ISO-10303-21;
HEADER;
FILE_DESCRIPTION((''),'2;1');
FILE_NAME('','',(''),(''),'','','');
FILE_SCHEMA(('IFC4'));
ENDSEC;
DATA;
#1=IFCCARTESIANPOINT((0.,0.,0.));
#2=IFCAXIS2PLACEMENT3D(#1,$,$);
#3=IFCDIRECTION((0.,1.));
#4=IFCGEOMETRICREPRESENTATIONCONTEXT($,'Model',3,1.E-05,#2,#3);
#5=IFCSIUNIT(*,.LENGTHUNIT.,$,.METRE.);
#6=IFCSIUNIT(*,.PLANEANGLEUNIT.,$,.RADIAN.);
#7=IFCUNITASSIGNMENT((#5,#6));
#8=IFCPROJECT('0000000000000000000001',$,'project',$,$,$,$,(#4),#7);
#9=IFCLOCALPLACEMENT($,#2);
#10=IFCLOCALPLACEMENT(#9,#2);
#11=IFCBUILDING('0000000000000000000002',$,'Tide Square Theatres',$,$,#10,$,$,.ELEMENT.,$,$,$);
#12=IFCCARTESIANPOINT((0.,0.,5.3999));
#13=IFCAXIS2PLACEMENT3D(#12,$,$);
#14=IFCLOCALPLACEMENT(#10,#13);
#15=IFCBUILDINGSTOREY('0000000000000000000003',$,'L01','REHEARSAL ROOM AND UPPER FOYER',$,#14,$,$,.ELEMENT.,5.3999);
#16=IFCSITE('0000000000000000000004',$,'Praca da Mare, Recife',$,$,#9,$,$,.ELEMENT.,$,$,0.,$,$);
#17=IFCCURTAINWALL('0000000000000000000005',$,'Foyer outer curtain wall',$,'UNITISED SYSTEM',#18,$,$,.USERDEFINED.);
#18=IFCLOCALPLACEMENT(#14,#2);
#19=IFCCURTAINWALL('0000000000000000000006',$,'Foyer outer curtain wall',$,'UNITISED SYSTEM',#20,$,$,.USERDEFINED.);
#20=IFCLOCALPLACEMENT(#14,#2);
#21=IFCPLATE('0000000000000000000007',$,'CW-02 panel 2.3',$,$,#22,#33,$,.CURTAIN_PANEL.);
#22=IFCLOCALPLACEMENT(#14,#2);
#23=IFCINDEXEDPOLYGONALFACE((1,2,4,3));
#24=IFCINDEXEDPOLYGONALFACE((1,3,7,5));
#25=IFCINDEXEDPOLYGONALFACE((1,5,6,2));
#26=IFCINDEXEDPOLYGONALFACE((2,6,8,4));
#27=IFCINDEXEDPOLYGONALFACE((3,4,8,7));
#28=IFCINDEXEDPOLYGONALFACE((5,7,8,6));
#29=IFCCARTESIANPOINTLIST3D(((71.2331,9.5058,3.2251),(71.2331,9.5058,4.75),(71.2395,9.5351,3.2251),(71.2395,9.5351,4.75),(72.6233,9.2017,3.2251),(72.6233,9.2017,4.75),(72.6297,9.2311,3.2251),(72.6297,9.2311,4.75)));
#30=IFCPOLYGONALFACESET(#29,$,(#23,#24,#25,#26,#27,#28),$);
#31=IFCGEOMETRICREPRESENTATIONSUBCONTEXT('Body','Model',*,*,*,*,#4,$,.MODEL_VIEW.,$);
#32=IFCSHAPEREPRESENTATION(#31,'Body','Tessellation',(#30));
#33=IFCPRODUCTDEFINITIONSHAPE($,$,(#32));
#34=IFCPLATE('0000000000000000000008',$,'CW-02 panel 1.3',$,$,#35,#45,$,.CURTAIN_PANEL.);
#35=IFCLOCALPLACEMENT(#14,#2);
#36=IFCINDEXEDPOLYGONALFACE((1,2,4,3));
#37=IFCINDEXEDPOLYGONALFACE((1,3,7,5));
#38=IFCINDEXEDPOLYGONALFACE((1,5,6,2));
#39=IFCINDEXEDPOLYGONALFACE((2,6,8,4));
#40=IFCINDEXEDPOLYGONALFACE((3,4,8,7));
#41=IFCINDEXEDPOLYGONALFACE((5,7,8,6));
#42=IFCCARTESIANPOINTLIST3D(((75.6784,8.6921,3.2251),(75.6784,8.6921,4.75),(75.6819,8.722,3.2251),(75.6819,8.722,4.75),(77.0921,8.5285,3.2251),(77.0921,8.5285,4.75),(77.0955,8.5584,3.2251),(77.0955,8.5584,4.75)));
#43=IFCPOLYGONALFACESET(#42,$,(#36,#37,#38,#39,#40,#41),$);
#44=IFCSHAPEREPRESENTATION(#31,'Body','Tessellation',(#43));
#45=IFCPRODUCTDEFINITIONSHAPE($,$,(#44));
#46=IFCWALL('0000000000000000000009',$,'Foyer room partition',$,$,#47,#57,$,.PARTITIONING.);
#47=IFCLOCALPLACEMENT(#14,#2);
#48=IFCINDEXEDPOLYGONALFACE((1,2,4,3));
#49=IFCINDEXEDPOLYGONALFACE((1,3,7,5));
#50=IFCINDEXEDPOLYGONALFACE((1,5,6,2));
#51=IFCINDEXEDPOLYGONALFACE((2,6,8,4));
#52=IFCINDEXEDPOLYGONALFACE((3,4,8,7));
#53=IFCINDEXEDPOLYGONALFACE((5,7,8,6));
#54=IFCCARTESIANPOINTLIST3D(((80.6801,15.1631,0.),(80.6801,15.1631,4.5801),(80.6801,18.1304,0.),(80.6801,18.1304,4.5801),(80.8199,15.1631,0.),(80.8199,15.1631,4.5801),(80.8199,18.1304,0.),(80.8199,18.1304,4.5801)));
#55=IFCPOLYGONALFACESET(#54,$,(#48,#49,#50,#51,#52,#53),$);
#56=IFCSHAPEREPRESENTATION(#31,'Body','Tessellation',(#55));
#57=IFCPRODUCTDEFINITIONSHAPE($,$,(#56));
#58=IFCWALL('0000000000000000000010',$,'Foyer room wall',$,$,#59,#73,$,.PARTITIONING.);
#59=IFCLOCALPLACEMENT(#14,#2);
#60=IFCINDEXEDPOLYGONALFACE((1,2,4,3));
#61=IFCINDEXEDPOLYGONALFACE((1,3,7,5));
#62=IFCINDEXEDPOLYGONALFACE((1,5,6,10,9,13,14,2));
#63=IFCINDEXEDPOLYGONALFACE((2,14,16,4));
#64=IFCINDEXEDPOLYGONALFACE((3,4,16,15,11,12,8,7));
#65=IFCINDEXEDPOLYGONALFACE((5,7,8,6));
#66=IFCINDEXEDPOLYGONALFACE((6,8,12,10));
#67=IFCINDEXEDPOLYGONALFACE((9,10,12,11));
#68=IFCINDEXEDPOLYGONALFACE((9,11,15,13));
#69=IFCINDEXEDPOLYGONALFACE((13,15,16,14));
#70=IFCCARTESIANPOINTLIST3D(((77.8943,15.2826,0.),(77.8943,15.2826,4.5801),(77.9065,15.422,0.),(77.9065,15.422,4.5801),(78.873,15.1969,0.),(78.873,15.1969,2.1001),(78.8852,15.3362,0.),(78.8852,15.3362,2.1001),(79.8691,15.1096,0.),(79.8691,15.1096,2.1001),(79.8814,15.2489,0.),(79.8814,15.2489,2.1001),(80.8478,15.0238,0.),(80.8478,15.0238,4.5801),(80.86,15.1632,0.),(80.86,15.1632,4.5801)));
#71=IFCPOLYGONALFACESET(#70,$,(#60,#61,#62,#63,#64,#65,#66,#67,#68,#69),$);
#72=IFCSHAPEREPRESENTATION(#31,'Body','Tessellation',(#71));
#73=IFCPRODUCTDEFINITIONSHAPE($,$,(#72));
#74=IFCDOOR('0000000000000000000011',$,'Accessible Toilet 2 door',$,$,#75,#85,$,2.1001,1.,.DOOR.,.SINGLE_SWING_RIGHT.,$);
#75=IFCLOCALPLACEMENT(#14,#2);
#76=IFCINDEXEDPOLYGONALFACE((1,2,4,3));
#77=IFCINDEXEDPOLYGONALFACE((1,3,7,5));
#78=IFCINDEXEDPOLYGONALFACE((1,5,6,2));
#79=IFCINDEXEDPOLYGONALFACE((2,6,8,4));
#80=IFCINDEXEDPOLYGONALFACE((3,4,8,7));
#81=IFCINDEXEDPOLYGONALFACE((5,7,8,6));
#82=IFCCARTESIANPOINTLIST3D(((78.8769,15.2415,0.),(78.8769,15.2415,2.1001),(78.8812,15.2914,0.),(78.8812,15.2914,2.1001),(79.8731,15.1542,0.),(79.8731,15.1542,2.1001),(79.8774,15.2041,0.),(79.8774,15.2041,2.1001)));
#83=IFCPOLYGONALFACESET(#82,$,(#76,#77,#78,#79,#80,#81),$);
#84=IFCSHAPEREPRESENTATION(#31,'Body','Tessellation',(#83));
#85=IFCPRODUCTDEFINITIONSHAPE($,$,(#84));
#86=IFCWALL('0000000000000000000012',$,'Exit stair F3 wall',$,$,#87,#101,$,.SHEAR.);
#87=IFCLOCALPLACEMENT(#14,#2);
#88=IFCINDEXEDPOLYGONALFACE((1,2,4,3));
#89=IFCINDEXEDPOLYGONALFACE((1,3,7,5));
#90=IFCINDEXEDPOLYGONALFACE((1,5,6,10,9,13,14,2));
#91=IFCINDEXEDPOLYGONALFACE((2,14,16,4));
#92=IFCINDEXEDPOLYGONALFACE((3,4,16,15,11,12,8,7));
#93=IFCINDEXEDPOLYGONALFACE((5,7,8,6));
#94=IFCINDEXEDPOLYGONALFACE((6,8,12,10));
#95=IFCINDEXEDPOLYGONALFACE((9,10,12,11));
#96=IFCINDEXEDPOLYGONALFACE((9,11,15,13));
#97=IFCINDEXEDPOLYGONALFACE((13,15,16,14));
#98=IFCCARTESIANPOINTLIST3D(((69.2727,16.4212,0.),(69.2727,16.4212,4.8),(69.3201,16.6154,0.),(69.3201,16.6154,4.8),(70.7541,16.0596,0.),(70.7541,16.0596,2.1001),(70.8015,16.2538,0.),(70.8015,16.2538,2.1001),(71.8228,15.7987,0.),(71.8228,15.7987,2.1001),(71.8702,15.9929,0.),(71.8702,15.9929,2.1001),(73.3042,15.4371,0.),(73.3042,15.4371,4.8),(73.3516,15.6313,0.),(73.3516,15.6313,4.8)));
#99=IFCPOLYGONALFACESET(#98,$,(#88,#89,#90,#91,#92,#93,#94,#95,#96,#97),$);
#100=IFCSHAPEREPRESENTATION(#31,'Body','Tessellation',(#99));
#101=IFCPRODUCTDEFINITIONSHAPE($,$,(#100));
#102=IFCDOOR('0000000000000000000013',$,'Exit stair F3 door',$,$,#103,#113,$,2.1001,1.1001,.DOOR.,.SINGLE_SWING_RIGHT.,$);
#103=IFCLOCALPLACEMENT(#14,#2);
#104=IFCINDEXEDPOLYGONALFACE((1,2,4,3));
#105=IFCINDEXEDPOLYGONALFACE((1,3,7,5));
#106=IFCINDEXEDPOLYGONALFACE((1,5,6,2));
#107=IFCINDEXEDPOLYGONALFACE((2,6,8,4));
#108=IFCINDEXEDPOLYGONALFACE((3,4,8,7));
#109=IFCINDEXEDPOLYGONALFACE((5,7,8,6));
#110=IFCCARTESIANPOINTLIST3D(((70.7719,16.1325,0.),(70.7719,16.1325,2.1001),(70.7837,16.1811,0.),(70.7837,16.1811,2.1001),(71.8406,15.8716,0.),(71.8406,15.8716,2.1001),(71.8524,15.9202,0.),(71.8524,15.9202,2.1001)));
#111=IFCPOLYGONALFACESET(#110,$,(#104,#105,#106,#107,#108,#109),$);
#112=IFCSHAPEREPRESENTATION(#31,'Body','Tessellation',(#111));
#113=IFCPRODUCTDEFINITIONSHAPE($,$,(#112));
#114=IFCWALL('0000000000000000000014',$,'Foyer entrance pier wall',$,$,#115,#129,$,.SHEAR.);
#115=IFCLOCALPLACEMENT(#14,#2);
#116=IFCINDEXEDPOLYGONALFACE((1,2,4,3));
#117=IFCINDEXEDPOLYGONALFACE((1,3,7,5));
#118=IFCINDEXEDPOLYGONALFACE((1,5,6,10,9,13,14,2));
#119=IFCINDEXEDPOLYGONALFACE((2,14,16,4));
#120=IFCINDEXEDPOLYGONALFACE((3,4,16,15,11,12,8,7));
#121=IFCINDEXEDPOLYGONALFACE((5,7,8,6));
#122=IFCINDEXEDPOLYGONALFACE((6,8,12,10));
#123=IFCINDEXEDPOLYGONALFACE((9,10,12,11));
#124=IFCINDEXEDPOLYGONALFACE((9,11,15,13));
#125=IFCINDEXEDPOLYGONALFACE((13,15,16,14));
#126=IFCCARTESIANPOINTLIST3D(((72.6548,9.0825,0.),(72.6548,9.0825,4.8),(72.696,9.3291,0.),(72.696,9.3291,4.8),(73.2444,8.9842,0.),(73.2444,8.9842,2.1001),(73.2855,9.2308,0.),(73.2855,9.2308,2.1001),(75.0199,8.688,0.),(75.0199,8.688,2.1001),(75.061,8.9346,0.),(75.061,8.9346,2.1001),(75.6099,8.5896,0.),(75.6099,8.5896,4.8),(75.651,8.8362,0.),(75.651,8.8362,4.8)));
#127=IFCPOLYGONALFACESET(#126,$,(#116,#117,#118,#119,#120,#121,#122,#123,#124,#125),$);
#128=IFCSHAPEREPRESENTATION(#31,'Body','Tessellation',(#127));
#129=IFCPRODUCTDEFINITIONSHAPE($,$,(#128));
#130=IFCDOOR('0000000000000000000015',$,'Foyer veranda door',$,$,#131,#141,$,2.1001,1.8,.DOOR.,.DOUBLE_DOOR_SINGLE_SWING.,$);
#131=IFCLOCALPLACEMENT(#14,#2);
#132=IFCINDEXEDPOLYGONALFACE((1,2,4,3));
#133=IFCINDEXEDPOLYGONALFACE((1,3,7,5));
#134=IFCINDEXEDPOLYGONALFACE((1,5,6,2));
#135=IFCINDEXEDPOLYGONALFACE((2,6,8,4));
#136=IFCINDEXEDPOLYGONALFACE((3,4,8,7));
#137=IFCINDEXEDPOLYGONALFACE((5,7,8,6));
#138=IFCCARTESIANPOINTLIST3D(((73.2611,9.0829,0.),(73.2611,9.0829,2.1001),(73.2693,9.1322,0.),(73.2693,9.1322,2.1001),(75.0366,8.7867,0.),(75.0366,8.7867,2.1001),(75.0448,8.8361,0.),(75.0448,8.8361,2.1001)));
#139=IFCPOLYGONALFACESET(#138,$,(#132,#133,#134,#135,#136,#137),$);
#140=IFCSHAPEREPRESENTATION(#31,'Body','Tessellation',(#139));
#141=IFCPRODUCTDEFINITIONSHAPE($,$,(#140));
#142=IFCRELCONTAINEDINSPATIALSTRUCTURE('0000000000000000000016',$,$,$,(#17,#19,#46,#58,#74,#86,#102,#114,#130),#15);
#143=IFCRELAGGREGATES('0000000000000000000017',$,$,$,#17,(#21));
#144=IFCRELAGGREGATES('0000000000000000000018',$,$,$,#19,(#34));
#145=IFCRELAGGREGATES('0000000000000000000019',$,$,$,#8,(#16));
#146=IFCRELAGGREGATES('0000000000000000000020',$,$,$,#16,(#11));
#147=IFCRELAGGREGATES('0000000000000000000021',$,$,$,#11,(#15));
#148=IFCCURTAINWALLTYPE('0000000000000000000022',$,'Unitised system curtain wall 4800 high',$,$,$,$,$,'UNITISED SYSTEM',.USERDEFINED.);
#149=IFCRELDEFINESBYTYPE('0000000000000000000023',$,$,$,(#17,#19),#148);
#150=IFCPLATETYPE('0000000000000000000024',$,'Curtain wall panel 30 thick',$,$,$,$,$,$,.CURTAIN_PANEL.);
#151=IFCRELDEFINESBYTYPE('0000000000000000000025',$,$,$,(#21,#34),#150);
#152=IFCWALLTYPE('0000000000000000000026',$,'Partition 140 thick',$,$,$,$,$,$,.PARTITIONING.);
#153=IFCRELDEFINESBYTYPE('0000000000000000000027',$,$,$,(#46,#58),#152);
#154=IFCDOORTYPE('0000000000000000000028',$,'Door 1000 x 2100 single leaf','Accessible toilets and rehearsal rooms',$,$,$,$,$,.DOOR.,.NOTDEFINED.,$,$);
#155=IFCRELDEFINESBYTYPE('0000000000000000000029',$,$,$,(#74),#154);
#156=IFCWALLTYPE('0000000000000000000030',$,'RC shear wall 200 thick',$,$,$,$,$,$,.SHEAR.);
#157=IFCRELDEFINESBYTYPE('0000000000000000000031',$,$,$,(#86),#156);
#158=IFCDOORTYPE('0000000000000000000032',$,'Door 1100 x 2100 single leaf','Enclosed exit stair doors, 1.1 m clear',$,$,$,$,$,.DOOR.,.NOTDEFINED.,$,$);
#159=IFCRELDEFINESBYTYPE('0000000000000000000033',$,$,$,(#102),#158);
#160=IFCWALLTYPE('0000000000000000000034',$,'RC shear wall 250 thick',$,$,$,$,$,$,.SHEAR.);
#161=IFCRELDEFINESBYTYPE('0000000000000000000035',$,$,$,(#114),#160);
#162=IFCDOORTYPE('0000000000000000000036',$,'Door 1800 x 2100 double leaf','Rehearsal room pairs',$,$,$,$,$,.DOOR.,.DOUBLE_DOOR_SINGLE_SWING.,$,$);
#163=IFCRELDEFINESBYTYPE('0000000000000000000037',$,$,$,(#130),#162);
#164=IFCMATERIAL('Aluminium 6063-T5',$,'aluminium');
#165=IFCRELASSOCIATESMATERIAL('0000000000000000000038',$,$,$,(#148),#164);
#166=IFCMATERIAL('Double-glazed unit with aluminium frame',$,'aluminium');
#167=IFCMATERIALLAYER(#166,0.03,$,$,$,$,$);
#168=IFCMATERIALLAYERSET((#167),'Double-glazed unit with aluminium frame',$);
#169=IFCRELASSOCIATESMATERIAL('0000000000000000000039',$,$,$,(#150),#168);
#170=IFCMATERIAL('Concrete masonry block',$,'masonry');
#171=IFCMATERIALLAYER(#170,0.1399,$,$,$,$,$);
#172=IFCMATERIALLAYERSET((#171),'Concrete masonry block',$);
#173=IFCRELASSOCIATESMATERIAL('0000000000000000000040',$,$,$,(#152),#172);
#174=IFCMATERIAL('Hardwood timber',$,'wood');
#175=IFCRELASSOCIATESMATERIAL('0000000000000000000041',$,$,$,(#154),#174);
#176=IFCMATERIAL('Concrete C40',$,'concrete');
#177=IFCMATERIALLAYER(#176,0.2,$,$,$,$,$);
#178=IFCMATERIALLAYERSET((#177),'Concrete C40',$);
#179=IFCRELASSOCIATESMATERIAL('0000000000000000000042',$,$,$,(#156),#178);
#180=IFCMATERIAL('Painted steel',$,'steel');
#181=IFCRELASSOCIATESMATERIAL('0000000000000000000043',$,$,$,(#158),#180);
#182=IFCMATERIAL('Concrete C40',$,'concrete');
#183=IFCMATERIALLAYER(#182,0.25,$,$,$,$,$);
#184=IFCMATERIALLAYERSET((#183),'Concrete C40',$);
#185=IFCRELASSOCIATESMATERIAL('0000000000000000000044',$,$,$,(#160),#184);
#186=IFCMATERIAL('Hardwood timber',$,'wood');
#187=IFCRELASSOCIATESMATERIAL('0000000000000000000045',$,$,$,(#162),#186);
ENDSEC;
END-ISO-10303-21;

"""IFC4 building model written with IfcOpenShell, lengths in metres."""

from ifc_helpers import new_model, si_unit, direction, frame, frame_2d, origin, origin_2d, place, context, subcontext, project, spatial, rectangle, extrude, material, layer, layer_set, type_object, element, fill, aggregate, save


model = new_model("IFC4")

# Units and contexts
model_context = context("Model", 3, precision=1e-05, world=origin(), true_north=direction((0.0, 1.0)))
body_context = subcontext(model_context, "Body", "Model", "MODEL_VIEW")
ifc_project = project(units=[si_unit("LENGTHUNIT", "METRE"), si_unit("PLANEANGLEUNIT", "RADIAN")], contexts=[model_context])

# Site, building, storey
site_placement = place(None, origin())
site = spatial("IfcSite", under=ifc_project, at=site_placement, Name="Praca da Mare, Recife", CompositionType="ELEMENT", RefElevation=0.0)
building_placement = place(site_placement, origin())
building = spatial("IfcBuilding", under=site, at=building_placement, Name="Tide Square Theatres", CompositionType="ELEMENT")
storey_placement = place(building_placement, frame((0.0, 0.0, 5.3999)))
storey = spatial("IfcBuildingStorey", under=building, at=storey_placement, Name="L01", Description="REHEARSAL ROOM AND UPPER FOYER", CompositionType="ELEMENT", Elevation=5.3999)

# Curtain walls
ifc_material_1 = material(Name="Aluminium 6063-T5", Category="aluminium")
curtain_wall_type = type_object("IfcCurtainWallType", Name="Unitised system curtain wall 4800 high", ElementType="UNITISED SYSTEM", PredefinedType="USERDEFINED", material=ifc_material_1)
curtain_wall_1_placement = place(storey_placement, origin())
curtain_wall_1 = element("IfcCurtainWall", 1, at=curtain_wall_1_placement, inside=storey, type_object=curtain_wall_type, Name="Foyer outer curtain wall", ObjectType="UNITISED SYSTEM", PredefinedType="USERDEFINED")
curtain_wall_2_placement = place(storey_placement, origin())
curtain_wall_2 = element("IfcCurtainWall", 2, at=curtain_wall_2_placement, inside=storey, type_object=curtain_wall_type, Name="Foyer outer curtain wall", ObjectType="UNITISED SYSTEM", PredefinedType="USERDEFINED")

# Plates
ifc_material_2 = material(Name="Double-glazed unit with aluminium frame", Category="aluminium")
ifc_layer_1 = layer(ifc_material_2, 0.03)
ifc_layer_set_1 = layer_set([ifc_layer_1], Name="Double-glazed unit with aluminium frame")
plate_type = type_object("IfcPlateType", Name="Curtain wall panel 30 thick", PredefinedType="CURTAIN_PANEL", material=ifc_layer_set_1)
plate_1_placement = place(storey_placement, frame((71.9314, 9.3684, 3.2251), z_axis=(0.0, 0.0, 1.0), x_axis=(0.97691, -0.213653, 0.0)))
plate_1 = element("IfcPlate", 3, at=plate_1_placement, type_object=plate_type, Name="CW-02 panel 2.3", PredefinedType="CURTAIN_PANEL", context=body_context, shape_type="SweptSolid", body=[
    extrude(rectangle(XDim=1.4231, YDim=0.03, at=origin_2d()), origin(), (0.0, 0.0, 1.0), 1.5249),
])
aggregate(curtain_wall_1, [plate_1])
plate_2_placement = place(storey_placement, frame((76.387, 8.6252, 3.2251), z_axis=(0.0, 0.0, 1.0), x_axis=(0.993371, -0.114955, 0.0)))
plate_2 = element("IfcPlate", 4, at=plate_2_placement, type_object=plate_type, Name="CW-02 panel 1.3", PredefinedType="CURTAIN_PANEL", context=body_context, shape_type="SweptSolid", body=[
    extrude(rectangle(XDim=1.4231, YDim=0.03, at=origin_2d()), origin(), (0.0, 0.0, 1.0), 1.5249),
])
aggregate(curtain_wall_2, [plate_2])

# Wall
ifc_material_3 = material(Name="Concrete masonry block", Category="masonry")
ifc_layer_2 = layer(ifc_material_3, 0.1399)
ifc_layer_set_2 = layer_set([ifc_layer_2], Name="Concrete masonry block")
wall_type_1 = type_object("IfcWallType", Name="Partition 140 thick", PredefinedType="PARTITIONING", material=ifc_layer_set_2)
wall_1_placement = place(storey_placement, frame((80.75, 15.1631, 0.0), z_axis=(0.0, 0.0, 1.0), x_axis=(0.0, 1.0, 0.0)))
element("IfcWall", 5, at=wall_1_placement, inside=storey, type_object=wall_type_1, Name="Foyer room partition", PredefinedType="PARTITIONING", context=body_context, shape_type="SweptSolid", body=[
    extrude(rectangle(XDim=2.9673, YDim=0.1399, at=frame_2d((1.4836, 0.0))), origin(), (0.0, 0.0, 1.0), 4.5801),
])

# Walls, openings, doors
wall_2_placement = place(storey_placement, frame((77.9004, 15.3523, 0.0), z_axis=(0.0, 0.0, 1.0), x_axis=(0.996184, -0.087283, 0.0)))
wall_2 = element("IfcWall", 6, at=wall_2_placement, inside=storey, type_object=wall_type_1, Name="Foyer room wall", PredefinedType="PARTITIONING", context=body_context, shape_type="SweptSolid", body=[
    extrude(rectangle(XDim=2.9648, YDim=0.1399, at=frame_2d((1.4824, 0.0))), origin(), (0.0, 0.0, 1.0), 4.5801),
])
opening_1_placement = place(wall_2_placement, frame((0.9824, 0.0, 0.0)))
opening_1 = element("IfcOpeningElement", 7, at=opening_1_placement, cuts=wall_2, PredefinedType="OPENING", context=body_context, shape_type="SweptSolid", body=[
    extrude(rectangle(XDim=1.0, YDim=2.1001, at=frame_2d((0.5, 1.05))), frame((0.0, 0.0798, 0.0), z_axis=(0.0, -1.0, 0.0), x_axis=(1.0, 0.0, 0.0)), (0.0, 0.0, 1.0), 0.1599),
])
ifc_material_4 = material(Name="Hardwood timber", Category="wood")
door_type_1 = type_object("IfcDoorType", Name="Door 1000 x 2100 single leaf", Description="Accessible toilets and rehearsal rooms", OperationType="NOTDEFINED", PredefinedType="DOOR", material=ifc_material_4)
door_1_placement = place(opening_1_placement, origin())
door_1 = element("IfcDoor", 8, at=door_1_placement, inside=storey, type_object=door_type_1, Name="Accessible Toilet 2 door", OperationType="SINGLE_SWING_RIGHT", OverallHeight=2.1001, OverallWidth=1.0, PredefinedType="DOOR", context=body_context, shape_type="SweptSolid", body=[
    extrude(rectangle(XDim=1.0, YDim=2.1001, at=frame_2d((0.5, 1.05))), frame((0.0, 0.0249, 0.0), z_axis=(0.0, -1.0, 0.0), x_axis=(1.0, 0.0, 0.0)), (0.0, 0.0, 1.0), 0.05),
])
fill(opening_1, door_1)
ifc_material_5 = material(Name="Concrete C40", Category="concrete")
ifc_layer_3 = layer(ifc_material_5, 0.2)
ifc_layer_set_3 = layer_set([ifc_layer_3], Name="Concrete C40")
wall_type_2 = type_object("IfcWallType", Name="RC shear wall 200 thick", PredefinedType="SHEAR", material=ifc_layer_set_3)
wall_3_placement = place(storey_placement, frame((73.3279, 15.5342, 0.0), z_axis=(0.0, 0.0, 1.0), x_axis=(-0.971474, 0.237147, 0.0)))
wall_3 = element("IfcWall", 9, at=wall_3_placement, inside=storey, type_object=wall_type_2, Name="Exit stair F3 wall", PredefinedType="SHEAR", context=body_context, shape_type="SweptSolid", body=[
    extrude(rectangle(XDim=4.1499, YDim=0.2, at=frame_2d((2.075, 0.0))), origin(), (0.0, 0.0, 1.0), 4.8),
])
opening_2_placement = place(wall_3_placement, frame((1.5249, 0.0, 0.0)))
opening_2 = element("IfcOpeningElement", 10, at=opening_2_placement, cuts=wall_3, PredefinedType="OPENING", context=body_context, shape_type="SweptSolid", body=[
    extrude(rectangle(XDim=1.1001, YDim=2.1001, at=frame_2d((0.55, 1.05))), frame((0.0, 0.1099, 0.0), z_axis=(0.0, -1.0, 0.0), x_axis=(1.0, 0.0, 0.0)), (0.0, 0.0, 1.0), 0.22),
])
ifc_material_6 = material(Name="Painted steel", Category="steel")
door_type_2 = type_object("IfcDoorType", Name="Door 1100 x 2100 single leaf", Description="Enclosed exit stair doors, 1.1 m clear", OperationType="NOTDEFINED", PredefinedType="DOOR", material=ifc_material_6)
door_2_placement = place(opening_2_placement, origin())
door_2 = element("IfcDoor", 11, at=door_2_placement, inside=storey, type_object=door_type_2, Name="Exit stair F3 door", OperationType="SINGLE_SWING_RIGHT", OverallHeight=2.1001, OverallWidth=1.1001, PredefinedType="DOOR", context=body_context, shape_type="SweptSolid", body=[
    extrude(rectangle(XDim=1.1001, YDim=2.1001, at=frame_2d((0.55, 1.05))), frame((0.0, 0.0249, 0.0), z_axis=(0.0, -1.0, 0.0), x_axis=(1.0, 0.0, 0.0)), (0.0, 0.0, 1.0), 0.05),
])
fill(opening_2, door_2)
ifc_material_7 = material(Name="Concrete C40", Category="concrete")
ifc_layer_4 = layer(ifc_material_7, 0.25)
ifc_layer_set_4 = layer_set([ifc_layer_4], Name="Concrete C40")
wall_type_3 = type_object("IfcWallType", Name="RC shear wall 250 thick", PredefinedType="SHEAR", material=ifc_layer_set_4)
wall_4_placement = place(storey_placement, frame((72.6753, 9.2058, 0.0), z_axis=(0.0, 0.0, 1.0), x_axis=(0.986372, -0.164531, 0.0)))
wall_4 = element("IfcWall", 12, at=wall_4_placement, inside=storey, type_object=wall_type_3, Name="Foyer entrance pier wall", PredefinedType="SHEAR", context=body_context, shape_type="SweptSolid", body=[
    extrude(rectangle(XDim=2.9958, YDim=0.25, at=frame_2d((1.498, 0.0))), origin(), (0.0, 0.0, 1.0), 4.8),
])
opening_3_placement = place(wall_4_placement, frame((0.5979, 0.0, 0.0)))
opening_3 = element("IfcOpeningElement", 13, at=opening_3_placement, cuts=wall_4, PredefinedType="OPENING", context=body_context, shape_type="SweptSolid", body=[
    extrude(rectangle(XDim=1.8, YDim=2.1001, at=frame_2d((0.8999, 1.05))), frame((0.0, 0.135, 0.0), z_axis=(0.0, -1.0, 0.0), x_axis=(1.0, 0.0, 0.0)), (0.0, 0.0, 1.0), 0.27),
])
ifc_material_8 = material(Name="Hardwood timber", Category="wood")
door_type_3 = type_object("IfcDoorType", Name="Door 1800 x 2100 double leaf", Description="Rehearsal room pairs", OperationType="DOUBLE_DOOR_SINGLE_SWING", PredefinedType="DOOR", material=ifc_material_8)
door_3_placement = place(opening_3_placement, frame((1.8, 0.0, 0.0), z_axis=(0.0, 0.0, 1.0), x_axis=(-1.0, 0.0, 0.0)))
door_3 = element("IfcDoor", 14, at=door_3_placement, inside=storey, type_object=door_type_3, Name="Foyer veranda door", OperationType="DOUBLE_DOOR_SINGLE_SWING", OverallHeight=2.1001, OverallWidth=1.8, PredefinedType="DOOR", context=body_context, shape_type="SweptSolid", body=[
    extrude(rectangle(XDim=1.8, YDim=2.1001, at=frame_2d((0.8999, 1.05))), frame((0.0, 0.0249, 0.0), z_axis=(0.0, -1.0, 0.0), x_axis=(1.0, 0.0, 0.0)), (0.0, 0.0, 1.0), 0.05),
])
fill(opening_3, door_3)

save(model, "model.ifc")
